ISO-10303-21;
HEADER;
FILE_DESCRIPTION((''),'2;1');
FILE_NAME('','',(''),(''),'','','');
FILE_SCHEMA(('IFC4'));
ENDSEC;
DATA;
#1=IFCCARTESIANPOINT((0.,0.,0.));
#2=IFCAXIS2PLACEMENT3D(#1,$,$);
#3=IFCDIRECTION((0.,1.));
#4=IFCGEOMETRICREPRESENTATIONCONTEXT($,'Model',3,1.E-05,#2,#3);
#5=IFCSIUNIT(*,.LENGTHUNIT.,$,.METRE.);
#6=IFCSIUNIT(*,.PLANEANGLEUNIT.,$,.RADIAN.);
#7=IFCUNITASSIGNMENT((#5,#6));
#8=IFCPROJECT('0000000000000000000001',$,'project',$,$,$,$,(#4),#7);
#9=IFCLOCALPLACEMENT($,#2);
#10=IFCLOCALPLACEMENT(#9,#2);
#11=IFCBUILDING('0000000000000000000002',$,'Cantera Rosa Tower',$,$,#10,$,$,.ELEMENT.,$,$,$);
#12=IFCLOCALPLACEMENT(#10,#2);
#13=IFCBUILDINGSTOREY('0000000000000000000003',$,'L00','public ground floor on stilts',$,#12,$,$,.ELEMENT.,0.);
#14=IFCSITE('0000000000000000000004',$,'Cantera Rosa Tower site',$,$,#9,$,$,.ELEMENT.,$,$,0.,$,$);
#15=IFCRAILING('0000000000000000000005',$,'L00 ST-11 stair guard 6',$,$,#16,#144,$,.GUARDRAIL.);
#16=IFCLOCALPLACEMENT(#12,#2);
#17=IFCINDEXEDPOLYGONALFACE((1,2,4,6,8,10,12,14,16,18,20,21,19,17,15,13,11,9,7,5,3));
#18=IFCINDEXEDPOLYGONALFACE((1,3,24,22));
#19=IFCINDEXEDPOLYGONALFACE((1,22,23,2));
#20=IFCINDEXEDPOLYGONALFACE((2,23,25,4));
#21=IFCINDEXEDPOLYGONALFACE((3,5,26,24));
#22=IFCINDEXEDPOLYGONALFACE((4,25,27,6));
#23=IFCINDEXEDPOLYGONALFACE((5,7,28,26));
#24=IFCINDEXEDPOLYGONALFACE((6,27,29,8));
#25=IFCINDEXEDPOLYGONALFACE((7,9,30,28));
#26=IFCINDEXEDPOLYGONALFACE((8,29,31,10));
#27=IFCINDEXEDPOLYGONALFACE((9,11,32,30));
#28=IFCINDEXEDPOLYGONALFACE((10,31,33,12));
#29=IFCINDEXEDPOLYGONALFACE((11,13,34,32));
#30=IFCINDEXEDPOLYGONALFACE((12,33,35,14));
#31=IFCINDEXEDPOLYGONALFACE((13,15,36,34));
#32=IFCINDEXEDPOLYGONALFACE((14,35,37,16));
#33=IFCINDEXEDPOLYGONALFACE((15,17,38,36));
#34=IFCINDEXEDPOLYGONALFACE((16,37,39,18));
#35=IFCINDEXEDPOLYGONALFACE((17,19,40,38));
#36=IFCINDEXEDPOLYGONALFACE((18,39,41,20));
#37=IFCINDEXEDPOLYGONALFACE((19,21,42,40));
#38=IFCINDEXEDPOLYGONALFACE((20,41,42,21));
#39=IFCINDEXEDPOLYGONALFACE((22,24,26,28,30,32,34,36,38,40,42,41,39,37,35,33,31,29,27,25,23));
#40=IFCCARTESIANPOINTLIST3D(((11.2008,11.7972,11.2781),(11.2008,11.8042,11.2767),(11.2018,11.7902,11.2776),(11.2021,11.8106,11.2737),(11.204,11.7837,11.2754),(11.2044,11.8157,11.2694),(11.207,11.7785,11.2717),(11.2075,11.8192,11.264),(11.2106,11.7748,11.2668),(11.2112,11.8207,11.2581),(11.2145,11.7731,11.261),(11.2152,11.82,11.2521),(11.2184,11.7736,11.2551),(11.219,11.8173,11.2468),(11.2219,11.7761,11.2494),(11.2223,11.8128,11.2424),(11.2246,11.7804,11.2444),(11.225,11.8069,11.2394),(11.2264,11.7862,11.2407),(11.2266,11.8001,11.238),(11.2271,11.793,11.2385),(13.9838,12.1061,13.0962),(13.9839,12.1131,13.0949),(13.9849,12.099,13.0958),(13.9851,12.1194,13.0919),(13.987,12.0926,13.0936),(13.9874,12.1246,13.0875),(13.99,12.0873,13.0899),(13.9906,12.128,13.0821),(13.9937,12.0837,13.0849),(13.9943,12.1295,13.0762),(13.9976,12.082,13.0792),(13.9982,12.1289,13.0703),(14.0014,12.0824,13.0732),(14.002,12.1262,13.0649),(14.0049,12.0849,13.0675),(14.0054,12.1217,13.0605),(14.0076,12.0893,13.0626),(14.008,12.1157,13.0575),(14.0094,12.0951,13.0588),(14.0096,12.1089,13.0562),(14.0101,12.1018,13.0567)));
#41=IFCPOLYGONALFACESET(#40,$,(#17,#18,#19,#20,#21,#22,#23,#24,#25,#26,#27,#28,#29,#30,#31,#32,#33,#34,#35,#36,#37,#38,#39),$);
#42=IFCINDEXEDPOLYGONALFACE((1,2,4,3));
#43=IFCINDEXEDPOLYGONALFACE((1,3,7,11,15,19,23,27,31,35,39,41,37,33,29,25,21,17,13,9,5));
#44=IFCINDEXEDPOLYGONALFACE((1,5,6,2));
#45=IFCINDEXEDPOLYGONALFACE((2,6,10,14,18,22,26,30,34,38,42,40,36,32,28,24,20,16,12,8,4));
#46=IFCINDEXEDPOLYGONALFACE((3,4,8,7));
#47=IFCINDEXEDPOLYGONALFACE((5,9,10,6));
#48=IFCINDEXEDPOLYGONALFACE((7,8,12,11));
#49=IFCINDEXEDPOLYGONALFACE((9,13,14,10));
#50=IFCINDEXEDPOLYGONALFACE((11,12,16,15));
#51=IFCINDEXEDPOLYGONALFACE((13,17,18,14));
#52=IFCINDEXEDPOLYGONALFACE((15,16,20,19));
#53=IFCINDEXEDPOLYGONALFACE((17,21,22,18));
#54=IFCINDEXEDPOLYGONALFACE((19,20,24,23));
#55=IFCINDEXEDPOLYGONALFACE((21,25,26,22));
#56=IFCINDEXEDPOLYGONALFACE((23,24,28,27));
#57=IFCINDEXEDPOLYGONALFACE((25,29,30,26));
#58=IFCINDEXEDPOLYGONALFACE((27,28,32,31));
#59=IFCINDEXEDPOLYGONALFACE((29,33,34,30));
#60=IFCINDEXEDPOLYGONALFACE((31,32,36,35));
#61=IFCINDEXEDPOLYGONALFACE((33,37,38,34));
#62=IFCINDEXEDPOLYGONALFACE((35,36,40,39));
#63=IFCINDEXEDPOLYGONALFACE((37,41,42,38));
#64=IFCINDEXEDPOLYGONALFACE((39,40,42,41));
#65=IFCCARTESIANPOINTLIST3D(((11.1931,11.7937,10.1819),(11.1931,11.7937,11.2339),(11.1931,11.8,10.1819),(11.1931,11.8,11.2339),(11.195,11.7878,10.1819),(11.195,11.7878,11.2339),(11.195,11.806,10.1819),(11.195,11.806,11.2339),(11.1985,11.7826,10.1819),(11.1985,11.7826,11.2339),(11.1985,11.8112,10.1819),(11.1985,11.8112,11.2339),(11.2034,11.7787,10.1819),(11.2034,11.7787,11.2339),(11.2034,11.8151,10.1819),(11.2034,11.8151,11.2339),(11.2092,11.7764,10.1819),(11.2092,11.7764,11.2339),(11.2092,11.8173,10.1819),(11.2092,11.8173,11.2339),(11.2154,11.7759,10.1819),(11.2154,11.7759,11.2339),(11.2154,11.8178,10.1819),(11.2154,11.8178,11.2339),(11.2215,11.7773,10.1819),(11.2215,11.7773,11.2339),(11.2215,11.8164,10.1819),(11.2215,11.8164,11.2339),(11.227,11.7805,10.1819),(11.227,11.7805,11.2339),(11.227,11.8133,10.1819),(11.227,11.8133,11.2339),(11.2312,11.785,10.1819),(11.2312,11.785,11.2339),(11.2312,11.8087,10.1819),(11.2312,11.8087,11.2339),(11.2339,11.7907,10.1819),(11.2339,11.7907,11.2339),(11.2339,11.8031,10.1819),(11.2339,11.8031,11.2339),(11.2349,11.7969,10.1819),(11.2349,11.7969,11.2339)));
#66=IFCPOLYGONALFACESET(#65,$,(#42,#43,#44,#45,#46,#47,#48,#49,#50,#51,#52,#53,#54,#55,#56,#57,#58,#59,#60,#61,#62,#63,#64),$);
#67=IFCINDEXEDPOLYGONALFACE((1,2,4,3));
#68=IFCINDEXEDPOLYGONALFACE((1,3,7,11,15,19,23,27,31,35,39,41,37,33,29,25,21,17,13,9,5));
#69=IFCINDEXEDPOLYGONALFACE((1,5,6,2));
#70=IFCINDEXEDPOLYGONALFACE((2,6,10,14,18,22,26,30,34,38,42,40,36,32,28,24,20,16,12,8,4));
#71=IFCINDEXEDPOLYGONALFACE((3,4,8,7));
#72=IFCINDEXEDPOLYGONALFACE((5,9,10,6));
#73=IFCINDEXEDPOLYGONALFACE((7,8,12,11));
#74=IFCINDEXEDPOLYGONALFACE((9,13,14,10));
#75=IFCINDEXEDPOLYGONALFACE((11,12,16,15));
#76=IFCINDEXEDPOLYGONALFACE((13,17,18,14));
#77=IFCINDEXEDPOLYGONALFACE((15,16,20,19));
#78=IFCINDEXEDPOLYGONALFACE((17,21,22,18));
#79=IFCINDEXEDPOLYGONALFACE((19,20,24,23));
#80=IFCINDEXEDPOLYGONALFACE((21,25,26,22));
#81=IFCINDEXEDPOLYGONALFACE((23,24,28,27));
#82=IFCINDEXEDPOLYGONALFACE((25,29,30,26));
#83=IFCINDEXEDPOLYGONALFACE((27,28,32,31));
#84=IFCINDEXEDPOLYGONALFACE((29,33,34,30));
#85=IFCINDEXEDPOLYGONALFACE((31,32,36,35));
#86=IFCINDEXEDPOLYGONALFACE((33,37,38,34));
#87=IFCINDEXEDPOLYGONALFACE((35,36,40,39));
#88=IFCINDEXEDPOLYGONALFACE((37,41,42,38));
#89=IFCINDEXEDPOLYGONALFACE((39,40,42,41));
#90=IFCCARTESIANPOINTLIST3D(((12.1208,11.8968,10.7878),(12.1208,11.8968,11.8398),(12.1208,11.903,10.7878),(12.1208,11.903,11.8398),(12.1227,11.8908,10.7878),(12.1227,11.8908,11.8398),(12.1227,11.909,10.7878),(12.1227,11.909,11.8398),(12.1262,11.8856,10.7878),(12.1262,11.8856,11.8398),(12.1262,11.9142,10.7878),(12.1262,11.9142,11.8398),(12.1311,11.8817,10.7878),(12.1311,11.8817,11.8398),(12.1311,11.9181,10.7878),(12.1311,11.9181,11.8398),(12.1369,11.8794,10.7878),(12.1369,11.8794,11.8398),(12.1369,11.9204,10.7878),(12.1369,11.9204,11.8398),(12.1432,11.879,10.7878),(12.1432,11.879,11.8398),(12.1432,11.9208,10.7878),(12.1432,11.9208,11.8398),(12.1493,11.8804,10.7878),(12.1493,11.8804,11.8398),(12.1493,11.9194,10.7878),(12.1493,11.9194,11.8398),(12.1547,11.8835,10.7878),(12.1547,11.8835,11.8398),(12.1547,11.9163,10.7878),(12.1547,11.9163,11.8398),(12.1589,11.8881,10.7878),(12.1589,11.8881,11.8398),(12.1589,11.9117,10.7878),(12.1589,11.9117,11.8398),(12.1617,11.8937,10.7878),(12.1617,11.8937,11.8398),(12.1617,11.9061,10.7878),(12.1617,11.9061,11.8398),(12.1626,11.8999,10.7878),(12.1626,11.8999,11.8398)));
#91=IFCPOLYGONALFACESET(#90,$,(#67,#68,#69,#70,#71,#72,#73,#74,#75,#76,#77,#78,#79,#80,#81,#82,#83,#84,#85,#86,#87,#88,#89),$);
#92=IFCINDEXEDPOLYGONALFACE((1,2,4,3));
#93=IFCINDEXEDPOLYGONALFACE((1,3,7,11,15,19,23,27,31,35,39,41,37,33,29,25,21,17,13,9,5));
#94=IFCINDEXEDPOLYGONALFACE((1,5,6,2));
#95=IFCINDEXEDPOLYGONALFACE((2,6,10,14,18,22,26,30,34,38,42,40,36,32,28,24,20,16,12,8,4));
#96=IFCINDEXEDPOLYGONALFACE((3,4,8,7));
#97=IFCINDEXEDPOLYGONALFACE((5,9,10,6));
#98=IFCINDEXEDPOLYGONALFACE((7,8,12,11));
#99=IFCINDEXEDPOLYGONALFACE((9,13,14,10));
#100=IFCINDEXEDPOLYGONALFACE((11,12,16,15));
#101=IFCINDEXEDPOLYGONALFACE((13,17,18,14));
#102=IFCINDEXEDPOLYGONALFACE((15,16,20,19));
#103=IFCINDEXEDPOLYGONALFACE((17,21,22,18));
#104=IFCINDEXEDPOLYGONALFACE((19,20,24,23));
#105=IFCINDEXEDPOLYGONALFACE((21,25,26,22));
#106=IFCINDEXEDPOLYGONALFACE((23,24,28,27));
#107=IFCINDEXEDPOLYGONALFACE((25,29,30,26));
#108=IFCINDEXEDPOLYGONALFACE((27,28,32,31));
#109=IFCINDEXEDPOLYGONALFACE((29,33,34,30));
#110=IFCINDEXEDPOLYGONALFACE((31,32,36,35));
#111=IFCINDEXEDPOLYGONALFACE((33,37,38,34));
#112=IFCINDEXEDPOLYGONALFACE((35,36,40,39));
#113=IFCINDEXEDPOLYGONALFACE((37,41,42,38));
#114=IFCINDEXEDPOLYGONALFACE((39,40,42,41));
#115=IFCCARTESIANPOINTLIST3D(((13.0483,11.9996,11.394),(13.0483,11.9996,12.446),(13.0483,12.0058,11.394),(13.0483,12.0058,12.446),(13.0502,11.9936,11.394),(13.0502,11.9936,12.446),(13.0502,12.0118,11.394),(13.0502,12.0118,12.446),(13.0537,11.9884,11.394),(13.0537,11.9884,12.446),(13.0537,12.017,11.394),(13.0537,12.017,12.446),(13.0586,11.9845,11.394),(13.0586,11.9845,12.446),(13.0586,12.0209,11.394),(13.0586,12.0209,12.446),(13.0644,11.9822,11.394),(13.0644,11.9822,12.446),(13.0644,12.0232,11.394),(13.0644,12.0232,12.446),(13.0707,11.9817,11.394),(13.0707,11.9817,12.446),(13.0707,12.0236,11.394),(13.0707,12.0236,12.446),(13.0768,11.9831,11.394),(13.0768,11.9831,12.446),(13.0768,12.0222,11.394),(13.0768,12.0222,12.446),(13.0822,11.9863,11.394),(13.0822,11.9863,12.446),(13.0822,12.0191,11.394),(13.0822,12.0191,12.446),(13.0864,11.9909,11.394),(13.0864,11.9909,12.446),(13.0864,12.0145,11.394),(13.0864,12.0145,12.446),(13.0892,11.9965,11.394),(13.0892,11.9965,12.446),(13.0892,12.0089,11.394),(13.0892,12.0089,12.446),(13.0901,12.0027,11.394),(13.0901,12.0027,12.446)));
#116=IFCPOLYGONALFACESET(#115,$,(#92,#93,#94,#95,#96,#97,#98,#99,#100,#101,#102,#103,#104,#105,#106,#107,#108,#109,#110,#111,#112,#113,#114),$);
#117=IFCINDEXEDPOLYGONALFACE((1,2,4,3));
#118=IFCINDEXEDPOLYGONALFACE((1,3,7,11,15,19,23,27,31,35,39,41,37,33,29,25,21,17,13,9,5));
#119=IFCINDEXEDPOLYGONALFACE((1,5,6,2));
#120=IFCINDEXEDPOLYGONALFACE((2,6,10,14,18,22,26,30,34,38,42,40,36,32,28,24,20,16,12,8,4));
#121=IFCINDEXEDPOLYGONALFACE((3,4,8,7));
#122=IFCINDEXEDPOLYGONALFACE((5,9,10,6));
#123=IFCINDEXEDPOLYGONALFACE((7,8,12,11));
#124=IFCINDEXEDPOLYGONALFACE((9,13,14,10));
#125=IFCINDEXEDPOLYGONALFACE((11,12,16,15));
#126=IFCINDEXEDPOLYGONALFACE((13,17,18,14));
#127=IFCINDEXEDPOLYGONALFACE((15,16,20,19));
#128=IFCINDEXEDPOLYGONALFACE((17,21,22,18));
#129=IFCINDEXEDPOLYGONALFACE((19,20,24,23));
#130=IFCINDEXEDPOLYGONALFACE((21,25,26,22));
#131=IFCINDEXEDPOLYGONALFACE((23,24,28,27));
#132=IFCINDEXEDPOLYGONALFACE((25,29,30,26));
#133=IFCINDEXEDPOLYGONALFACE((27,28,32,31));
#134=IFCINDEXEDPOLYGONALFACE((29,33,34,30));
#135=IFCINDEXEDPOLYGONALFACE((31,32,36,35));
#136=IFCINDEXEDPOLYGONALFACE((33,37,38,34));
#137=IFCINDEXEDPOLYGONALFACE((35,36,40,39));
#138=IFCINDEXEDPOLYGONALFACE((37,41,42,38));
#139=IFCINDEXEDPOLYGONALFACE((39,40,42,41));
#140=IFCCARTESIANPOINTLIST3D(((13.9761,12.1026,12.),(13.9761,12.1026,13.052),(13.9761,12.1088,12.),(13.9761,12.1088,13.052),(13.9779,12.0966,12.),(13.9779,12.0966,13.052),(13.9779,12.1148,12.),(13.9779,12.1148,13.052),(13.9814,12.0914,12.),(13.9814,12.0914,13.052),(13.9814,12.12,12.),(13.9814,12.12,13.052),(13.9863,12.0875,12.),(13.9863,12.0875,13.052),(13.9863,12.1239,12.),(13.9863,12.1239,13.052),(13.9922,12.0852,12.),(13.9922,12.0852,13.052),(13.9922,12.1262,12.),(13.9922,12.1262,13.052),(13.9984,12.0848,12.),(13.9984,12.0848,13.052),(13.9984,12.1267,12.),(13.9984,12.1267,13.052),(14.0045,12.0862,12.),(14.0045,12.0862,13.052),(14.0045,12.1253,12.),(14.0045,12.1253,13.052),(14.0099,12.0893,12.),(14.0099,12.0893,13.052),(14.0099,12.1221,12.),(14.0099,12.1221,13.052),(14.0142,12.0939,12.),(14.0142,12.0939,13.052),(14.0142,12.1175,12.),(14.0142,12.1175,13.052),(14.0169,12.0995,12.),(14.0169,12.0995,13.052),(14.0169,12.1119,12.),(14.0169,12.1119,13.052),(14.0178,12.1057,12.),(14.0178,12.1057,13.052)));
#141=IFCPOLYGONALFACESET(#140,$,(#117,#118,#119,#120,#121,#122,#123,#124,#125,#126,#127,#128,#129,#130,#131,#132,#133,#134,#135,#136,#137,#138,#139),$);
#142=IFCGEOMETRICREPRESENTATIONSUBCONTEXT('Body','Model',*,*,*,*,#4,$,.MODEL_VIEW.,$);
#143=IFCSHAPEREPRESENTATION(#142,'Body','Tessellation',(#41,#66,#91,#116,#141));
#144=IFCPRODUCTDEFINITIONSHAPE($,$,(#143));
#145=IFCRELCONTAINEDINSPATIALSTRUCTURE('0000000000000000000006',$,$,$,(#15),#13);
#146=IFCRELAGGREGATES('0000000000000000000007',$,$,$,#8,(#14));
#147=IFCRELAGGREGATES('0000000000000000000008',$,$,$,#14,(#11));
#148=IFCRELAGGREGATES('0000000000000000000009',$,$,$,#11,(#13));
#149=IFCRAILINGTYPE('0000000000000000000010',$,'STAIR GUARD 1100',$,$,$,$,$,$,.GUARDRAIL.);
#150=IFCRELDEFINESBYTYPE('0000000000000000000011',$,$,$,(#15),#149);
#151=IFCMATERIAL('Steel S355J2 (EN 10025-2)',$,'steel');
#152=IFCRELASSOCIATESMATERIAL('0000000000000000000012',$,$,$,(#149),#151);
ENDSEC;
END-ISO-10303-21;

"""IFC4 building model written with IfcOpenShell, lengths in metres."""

from ifc_helpers import new_model, si_unit, direction, frame, origin, origin_2d, place, context, subcontext, project, spatial, circle, extrude, material, type_object, element, save


model = new_model("IFC4")

# Units and contexts
model_context = context("Model", 3, precision=1e-05, world=origin(), true_north=direction((0.0, 1.0)))
body_context = subcontext(model_context, "Body", "Model", "MODEL_VIEW")
ifc_project = project(units=[si_unit("LENGTHUNIT", "METRE"), si_unit("PLANEANGLEUNIT", "RADIAN")], contexts=[model_context])

# Site, building, storey
site_placement = place(None, origin())
site = spatial("IfcSite", under=ifc_project, at=site_placement, Name="Cantera Rosa Tower site", CompositionType="ELEMENT", RefElevation=0.0)
building_placement = place(site_placement, origin())
building = spatial("IfcBuilding", under=site, at=building_placement, Name="Cantera Rosa Tower", CompositionType="ELEMENT")
storey_placement = place(building_placement, origin())
storey = spatial("IfcBuildingStorey", under=building, at=storey_placement, Name="L00", Description="public ground floor on stilts", CompositionType="ELEMENT", Elevation=0.0)

# Railing
ifc_material_1 = material(Name="Steel S355J2 (EN 10025-2)", Category="steel")
railing_type_1 = type_object("IfcRailingType", Name="STAIR GUARD 1100", PredefinedType="GUARDRAIL", material=ifc_material_1)
railing_1_placement = place(storey_placement, frame((11.2139, 11.7969, 10.1819)))
element("IfcRailing", 1, at=railing_1_placement, inside=storey, type_object=railing_type_1, Name="L00 ST-11 stair guard 6", PredefinedType="GUARDRAIL", context=body_context, shape_type="SweptSolid", body=[
    extrude(circle(Radius=0.0239, at=origin_2d()), frame((0.0, 0.0, 1.0762), z_axis=(0.833588, 0.092507, 0.544586), x_axis=(-0.110298, 0.993899, 0.0)), (0.0, 0.0, 1.0), 3.3386),
    extrude(circle(Radius=0.021, at=origin_2d()), origin(), (0.0, 0.0, 1.0), 1.052),
    extrude(circle(Radius=0.021, at=origin_2d()), frame((0.9277, 0.103, 0.606)), (0.0, 0.0, 1.0), 1.052),
    extrude(circle(Radius=0.021, at=origin_2d()), frame((1.8552, 0.2058, 1.2122)), (0.0, 0.0, 1.0), 1.052),
    extrude(circle(Radius=0.021, at=origin_2d()), frame((2.783, 0.3088, 1.8181)), (0.0, 0.0, 1.0), 1.052),
])

save(model, "model.ifc")
